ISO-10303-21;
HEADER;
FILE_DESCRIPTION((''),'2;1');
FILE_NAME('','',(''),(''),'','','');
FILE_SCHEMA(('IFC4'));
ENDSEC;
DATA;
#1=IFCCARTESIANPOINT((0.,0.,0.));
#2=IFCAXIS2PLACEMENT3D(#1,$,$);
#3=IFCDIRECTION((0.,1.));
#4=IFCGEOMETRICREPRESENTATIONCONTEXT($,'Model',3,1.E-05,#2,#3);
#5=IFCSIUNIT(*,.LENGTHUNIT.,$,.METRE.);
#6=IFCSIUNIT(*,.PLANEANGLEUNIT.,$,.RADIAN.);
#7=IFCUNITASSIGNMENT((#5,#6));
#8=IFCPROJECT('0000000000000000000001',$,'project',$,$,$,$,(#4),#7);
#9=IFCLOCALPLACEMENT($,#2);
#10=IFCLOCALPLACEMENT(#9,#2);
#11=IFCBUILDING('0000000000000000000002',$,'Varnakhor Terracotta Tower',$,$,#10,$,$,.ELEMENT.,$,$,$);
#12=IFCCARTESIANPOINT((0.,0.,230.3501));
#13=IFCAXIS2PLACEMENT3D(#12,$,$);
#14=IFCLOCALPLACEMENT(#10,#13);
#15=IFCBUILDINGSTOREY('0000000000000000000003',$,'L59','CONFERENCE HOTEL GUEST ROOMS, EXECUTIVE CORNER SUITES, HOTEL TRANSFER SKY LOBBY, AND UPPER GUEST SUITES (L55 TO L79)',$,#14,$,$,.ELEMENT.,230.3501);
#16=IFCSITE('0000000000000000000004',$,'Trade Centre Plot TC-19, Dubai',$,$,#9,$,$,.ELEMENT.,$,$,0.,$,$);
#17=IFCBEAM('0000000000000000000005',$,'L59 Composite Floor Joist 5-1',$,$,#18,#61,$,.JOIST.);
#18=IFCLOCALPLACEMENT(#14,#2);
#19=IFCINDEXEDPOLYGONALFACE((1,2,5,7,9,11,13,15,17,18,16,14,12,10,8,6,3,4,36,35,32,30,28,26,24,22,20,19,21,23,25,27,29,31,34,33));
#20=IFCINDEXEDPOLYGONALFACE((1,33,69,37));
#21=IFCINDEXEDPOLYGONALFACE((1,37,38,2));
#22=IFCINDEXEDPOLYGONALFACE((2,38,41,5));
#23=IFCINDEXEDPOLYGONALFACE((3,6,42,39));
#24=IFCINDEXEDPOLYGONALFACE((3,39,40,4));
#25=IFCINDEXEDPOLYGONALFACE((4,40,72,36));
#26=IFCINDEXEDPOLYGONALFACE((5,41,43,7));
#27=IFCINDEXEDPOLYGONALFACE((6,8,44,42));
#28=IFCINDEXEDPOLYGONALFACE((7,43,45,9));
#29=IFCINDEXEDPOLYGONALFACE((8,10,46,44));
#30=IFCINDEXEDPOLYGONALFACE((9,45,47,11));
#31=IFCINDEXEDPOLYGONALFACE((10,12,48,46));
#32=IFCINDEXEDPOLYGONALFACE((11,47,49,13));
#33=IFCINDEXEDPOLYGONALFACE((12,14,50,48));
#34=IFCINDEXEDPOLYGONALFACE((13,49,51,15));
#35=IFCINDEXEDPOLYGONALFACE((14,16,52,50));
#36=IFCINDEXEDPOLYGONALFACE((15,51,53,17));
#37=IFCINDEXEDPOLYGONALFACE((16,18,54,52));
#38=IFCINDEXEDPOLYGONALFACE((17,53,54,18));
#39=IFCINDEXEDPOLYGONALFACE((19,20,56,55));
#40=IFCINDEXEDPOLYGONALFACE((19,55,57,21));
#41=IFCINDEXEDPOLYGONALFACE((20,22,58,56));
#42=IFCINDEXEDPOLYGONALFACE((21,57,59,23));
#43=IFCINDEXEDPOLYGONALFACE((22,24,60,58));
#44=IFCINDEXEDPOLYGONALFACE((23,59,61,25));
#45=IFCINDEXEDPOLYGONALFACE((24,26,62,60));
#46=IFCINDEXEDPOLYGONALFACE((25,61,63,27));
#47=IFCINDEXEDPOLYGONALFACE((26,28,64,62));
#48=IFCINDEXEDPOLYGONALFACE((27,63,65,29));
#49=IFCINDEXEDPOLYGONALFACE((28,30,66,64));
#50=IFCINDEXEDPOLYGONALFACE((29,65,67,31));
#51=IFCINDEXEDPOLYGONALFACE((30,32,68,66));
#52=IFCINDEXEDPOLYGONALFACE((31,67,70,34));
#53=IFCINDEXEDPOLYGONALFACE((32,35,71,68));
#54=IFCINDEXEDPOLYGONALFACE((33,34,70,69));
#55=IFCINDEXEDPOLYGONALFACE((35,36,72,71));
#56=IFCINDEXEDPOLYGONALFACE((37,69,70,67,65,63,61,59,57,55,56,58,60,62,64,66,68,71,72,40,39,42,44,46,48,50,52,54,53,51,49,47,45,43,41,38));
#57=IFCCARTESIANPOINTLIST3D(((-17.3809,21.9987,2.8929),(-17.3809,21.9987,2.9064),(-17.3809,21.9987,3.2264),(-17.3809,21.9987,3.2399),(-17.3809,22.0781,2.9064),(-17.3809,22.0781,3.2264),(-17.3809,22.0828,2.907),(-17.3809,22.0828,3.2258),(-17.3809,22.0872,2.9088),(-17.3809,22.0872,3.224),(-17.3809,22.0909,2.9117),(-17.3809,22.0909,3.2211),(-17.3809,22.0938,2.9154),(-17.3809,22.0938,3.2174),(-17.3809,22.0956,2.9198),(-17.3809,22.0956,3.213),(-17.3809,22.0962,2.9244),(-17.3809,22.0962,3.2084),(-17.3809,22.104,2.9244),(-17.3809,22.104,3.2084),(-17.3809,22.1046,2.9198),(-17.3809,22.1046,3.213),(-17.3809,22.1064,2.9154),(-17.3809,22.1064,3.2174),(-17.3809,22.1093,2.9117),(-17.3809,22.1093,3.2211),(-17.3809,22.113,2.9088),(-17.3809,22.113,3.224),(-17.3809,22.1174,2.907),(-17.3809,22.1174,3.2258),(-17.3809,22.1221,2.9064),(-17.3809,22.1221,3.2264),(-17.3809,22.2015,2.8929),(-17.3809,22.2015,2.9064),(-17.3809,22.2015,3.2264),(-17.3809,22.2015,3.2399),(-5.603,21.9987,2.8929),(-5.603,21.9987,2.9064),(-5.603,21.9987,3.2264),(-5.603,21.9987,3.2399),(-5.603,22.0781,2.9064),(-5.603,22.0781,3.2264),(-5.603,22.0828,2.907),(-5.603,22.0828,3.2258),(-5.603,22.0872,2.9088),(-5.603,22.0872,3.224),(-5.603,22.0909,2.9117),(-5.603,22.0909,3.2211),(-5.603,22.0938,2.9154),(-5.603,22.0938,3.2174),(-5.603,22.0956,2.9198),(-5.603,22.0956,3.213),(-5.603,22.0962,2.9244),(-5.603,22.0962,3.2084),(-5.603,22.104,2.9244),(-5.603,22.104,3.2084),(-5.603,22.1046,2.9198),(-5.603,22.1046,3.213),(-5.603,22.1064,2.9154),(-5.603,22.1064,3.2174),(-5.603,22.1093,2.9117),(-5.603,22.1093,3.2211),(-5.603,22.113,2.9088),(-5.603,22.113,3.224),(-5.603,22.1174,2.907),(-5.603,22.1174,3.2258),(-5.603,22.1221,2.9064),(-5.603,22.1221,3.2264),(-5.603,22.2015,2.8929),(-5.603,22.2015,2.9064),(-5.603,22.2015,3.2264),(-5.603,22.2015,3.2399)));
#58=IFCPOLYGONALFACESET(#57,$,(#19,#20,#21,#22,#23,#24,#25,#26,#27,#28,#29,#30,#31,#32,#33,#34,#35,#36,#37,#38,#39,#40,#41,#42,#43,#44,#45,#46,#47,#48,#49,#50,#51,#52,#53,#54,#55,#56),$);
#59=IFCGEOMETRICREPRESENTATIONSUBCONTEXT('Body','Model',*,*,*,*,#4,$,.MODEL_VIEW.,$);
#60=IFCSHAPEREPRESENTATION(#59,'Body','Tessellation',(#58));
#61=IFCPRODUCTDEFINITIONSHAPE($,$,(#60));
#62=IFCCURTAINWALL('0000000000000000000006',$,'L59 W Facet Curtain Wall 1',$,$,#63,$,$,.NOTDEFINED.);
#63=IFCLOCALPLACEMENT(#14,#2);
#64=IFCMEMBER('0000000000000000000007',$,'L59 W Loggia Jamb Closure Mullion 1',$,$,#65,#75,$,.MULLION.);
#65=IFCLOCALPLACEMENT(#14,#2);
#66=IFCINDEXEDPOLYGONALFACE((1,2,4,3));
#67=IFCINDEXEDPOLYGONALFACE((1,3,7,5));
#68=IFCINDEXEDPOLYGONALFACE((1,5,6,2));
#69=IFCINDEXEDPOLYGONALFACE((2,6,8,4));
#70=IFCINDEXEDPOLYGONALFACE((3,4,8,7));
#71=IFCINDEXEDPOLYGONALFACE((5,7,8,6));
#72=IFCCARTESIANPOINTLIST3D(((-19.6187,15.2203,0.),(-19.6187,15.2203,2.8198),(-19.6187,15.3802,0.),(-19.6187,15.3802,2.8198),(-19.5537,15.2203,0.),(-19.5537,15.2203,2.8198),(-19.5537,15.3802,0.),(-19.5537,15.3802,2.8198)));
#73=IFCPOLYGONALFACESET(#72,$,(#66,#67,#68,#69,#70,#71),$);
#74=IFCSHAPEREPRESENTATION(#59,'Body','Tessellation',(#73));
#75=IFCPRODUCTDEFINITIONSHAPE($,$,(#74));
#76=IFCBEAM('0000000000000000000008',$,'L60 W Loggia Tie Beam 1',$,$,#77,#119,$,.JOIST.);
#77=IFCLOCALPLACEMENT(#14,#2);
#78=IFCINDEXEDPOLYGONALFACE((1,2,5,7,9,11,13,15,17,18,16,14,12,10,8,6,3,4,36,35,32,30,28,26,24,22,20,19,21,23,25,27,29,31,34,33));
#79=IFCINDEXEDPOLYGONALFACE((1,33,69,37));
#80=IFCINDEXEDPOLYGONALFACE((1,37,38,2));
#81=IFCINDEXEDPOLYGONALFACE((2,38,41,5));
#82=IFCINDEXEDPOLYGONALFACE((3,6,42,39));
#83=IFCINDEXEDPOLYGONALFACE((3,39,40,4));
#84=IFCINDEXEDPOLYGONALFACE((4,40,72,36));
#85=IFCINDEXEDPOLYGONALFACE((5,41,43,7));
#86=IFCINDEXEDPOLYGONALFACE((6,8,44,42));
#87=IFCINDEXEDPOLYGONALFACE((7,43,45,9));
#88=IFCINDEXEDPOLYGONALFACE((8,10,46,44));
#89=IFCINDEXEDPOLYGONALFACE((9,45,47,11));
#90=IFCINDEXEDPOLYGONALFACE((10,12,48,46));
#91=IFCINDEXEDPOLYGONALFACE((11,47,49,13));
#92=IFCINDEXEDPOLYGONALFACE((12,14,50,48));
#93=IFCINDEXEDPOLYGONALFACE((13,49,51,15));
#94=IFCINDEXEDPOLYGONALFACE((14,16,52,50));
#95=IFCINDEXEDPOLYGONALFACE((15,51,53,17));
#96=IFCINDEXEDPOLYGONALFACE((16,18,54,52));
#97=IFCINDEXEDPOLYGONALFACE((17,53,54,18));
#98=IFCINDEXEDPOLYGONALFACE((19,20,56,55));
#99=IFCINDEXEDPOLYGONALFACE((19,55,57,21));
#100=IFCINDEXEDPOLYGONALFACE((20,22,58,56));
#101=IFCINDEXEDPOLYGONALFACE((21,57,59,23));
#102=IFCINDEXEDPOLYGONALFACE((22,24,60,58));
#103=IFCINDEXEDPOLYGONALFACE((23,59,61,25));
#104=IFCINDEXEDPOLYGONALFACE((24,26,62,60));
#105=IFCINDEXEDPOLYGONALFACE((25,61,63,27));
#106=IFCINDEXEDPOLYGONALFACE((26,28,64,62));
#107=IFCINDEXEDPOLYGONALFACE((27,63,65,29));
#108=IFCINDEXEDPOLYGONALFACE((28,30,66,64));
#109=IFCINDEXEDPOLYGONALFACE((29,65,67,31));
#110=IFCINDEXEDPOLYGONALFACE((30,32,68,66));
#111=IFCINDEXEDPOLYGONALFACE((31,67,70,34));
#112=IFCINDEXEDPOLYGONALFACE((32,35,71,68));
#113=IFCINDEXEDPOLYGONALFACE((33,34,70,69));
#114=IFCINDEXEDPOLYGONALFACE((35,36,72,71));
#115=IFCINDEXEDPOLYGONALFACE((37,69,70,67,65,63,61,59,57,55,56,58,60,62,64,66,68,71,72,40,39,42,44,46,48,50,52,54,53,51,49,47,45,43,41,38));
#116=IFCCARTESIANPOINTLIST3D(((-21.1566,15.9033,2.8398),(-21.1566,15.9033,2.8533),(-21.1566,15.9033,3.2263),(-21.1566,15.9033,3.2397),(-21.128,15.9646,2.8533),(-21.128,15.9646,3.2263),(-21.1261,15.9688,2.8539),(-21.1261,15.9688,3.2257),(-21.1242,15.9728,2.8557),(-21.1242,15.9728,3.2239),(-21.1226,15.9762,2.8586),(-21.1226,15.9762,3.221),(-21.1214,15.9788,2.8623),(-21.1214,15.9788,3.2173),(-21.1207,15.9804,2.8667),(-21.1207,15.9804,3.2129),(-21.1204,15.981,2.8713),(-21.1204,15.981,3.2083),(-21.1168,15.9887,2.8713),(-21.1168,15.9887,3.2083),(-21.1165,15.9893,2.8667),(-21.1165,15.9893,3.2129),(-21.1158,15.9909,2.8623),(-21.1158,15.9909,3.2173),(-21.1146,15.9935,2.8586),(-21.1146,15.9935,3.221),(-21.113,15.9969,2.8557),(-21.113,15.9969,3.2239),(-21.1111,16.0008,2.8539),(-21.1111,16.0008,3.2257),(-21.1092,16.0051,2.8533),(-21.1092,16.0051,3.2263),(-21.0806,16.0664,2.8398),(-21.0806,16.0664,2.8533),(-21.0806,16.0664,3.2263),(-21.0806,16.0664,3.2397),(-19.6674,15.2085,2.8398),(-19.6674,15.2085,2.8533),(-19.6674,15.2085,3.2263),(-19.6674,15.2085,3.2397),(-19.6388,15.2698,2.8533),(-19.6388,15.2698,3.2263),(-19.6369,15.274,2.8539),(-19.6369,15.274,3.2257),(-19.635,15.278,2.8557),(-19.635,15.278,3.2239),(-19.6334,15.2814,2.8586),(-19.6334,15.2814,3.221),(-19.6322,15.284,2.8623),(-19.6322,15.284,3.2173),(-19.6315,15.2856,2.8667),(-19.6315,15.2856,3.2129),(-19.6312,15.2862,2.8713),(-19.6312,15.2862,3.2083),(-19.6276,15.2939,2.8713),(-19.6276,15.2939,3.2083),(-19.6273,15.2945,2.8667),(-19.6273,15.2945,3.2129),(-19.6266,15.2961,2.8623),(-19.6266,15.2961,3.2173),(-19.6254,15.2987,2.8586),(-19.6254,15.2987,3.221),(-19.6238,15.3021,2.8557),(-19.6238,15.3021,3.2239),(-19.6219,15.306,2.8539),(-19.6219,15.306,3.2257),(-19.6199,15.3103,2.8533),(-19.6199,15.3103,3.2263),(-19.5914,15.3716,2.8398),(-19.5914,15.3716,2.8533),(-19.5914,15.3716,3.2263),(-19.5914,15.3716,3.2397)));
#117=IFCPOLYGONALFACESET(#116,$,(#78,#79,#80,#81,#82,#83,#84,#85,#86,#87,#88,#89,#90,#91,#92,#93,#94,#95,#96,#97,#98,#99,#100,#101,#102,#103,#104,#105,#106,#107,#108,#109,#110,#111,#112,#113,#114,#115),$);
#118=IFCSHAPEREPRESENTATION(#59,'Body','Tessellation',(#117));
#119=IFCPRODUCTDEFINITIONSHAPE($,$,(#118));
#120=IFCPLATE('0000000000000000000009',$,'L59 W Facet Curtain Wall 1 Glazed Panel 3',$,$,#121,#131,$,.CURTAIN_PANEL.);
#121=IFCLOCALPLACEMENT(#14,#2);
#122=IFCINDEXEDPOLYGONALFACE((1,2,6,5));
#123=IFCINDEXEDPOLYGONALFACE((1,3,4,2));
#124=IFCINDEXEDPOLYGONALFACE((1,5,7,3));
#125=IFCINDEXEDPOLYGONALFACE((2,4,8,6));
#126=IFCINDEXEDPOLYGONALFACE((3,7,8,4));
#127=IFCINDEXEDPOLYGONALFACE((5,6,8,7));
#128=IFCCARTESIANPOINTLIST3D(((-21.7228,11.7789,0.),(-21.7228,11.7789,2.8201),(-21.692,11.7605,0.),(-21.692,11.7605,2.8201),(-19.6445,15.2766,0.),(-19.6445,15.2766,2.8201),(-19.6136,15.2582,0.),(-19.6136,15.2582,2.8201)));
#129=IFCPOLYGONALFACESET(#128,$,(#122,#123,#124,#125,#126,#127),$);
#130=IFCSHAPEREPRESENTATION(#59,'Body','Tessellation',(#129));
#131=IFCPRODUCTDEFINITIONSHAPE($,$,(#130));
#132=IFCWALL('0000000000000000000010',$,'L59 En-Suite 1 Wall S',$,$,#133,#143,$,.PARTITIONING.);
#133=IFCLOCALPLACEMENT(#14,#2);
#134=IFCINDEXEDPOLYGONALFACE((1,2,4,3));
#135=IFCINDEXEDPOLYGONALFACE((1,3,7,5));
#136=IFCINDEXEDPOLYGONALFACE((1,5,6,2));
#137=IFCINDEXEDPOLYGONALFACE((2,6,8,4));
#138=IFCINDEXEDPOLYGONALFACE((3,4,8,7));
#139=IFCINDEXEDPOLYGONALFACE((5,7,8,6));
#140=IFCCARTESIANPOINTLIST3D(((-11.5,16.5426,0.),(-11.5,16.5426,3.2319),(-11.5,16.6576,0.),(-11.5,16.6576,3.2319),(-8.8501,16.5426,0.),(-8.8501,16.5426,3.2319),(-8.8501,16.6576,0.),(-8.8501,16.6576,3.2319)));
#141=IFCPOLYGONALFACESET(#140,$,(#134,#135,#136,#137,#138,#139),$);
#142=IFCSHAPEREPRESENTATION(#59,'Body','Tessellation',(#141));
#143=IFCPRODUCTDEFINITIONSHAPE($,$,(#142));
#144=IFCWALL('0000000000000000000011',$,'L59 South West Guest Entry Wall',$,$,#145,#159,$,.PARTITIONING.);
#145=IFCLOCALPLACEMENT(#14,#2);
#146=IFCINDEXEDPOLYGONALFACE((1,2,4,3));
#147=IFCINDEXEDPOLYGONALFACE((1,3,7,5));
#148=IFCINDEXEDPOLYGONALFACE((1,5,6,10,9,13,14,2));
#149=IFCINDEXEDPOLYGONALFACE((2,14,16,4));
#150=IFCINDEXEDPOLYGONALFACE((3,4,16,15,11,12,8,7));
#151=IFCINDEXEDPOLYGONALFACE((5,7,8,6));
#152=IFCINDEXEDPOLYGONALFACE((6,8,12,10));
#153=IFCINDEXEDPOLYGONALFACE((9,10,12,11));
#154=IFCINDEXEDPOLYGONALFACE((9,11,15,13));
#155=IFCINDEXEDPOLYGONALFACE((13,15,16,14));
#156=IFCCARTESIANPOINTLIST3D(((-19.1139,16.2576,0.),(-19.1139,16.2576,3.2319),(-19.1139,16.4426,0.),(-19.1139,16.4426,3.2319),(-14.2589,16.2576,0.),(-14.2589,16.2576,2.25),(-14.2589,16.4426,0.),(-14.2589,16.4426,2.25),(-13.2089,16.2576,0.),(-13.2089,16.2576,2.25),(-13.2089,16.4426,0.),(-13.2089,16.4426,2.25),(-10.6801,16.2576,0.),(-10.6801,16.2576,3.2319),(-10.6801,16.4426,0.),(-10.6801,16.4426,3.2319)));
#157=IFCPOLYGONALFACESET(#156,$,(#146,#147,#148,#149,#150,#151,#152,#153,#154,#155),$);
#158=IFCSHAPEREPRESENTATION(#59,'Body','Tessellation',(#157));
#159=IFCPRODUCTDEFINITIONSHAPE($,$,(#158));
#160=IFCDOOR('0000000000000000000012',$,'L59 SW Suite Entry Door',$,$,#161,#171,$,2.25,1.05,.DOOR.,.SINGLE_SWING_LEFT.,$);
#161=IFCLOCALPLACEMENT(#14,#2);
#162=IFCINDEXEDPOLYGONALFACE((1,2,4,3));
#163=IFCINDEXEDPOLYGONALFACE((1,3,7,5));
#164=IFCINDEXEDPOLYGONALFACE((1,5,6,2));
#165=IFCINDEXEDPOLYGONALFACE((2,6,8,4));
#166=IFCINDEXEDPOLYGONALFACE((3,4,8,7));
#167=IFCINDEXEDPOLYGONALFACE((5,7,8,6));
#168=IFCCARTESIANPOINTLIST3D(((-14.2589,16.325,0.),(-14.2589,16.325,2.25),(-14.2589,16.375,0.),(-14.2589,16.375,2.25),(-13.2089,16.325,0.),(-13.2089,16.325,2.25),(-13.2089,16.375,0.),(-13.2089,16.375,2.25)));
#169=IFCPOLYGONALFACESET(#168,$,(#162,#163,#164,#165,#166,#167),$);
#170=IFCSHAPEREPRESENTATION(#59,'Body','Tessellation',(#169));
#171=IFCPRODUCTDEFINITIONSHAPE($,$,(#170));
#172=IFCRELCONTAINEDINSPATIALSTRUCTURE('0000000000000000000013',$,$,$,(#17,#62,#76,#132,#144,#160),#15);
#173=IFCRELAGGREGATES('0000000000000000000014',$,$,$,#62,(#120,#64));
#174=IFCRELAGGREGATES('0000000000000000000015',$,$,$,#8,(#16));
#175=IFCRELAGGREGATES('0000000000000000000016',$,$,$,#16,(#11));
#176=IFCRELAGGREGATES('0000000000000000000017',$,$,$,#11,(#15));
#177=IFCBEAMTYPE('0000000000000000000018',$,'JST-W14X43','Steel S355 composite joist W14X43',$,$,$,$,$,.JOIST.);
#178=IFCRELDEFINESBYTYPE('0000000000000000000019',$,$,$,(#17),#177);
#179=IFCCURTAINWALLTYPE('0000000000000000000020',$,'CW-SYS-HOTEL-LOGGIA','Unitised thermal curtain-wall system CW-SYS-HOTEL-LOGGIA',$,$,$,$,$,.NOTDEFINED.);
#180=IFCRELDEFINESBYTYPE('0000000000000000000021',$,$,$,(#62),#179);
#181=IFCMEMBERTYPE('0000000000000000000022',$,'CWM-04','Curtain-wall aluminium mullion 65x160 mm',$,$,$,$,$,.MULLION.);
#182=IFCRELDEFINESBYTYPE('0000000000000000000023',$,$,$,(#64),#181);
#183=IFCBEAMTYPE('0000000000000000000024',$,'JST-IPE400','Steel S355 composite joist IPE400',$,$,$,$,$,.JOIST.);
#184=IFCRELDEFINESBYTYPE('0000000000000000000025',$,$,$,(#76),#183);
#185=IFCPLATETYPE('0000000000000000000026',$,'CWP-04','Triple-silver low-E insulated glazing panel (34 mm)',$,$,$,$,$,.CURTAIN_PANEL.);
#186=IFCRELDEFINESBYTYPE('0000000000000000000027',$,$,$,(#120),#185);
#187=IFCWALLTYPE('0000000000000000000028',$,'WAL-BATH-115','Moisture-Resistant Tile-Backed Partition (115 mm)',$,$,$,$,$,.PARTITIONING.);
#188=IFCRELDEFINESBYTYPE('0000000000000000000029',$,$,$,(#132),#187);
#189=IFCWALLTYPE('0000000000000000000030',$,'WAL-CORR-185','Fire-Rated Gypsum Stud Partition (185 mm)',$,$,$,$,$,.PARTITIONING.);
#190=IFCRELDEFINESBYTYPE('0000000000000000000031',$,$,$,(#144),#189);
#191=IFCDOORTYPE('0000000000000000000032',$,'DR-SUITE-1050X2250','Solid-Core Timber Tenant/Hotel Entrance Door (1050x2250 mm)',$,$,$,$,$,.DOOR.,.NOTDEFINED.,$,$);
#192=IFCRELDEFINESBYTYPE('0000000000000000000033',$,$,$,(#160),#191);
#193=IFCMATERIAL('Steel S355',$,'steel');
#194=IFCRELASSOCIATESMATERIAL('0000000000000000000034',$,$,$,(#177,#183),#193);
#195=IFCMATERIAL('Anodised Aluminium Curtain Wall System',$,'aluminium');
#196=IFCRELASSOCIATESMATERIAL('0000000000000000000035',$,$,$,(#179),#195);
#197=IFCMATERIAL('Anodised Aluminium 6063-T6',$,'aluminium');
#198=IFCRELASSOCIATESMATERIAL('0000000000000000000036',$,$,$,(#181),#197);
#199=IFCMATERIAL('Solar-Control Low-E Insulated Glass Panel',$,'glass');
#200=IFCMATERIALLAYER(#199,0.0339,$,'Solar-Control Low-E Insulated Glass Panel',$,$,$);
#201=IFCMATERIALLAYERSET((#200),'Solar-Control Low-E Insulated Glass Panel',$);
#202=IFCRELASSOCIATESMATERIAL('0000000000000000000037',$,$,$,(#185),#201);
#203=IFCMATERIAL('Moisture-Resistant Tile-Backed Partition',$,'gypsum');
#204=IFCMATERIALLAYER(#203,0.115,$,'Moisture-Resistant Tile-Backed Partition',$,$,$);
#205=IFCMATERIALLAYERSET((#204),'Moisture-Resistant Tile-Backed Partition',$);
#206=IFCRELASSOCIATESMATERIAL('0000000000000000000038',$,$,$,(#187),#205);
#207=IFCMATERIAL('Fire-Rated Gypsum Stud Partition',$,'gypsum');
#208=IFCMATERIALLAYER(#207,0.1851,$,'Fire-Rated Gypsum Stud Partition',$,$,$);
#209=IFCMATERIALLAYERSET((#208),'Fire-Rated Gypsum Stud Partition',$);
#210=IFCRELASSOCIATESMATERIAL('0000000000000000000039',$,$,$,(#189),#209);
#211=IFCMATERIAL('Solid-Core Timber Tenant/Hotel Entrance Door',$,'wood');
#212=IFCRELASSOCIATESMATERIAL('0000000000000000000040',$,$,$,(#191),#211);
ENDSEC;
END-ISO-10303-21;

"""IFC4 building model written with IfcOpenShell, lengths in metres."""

from ifc_helpers import new_model, si_unit, direction, frame, frame_2d, origin, origin_2d, place, context, subcontext, project, spatial, rectangle, i_section, extrude, source, transform, mapped, material, layer, layer_set, material_profile, profile_set, type_object, type_shapes, element, fill, aggregate, save


model = new_model("IFC4")

# Units and contexts
model_context = context("Model", 3, precision=1e-05, world=origin(), true_north=direction((0.0, 1.0)))
body_context = subcontext(model_context, "Body", "Model", "MODEL_VIEW")
ifc_project = project(units=[si_unit("LENGTHUNIT", "METRE"), si_unit("PLANEANGLEUNIT", "RADIAN")], contexts=[model_context])

# Site, building, storey
site_placement = place(None, origin())
site = spatial("IfcSite", under=ifc_project, at=site_placement, Name="Trade Centre Plot TC-19, Dubai", CompositionType="ELEMENT", RefElevation=0.0)
building_placement = place(site_placement, origin())
building = spatial("IfcBuilding", under=site, at=building_placement, Name="Varnakhor Terracotta Tower", CompositionType="ELEMENT")
storey_placement = place(building_placement, frame((0.0, 0.0, 230.3501)))
storey = spatial("IfcBuildingStorey", under=building, at=storey_placement, Name="L59", Description="CONFERENCE HOTEL GUEST ROOMS, EXECUTIVE CORNER SUITES, HOTEL TRANSFER SKY LOBBY, AND UPPER GUEST SUITES (L55 TO L79)", CompositionType="ELEMENT", Elevation=230.3501)

# Beam
ifc_material_1 = material(Name="Steel S355", Category="steel")
ifc_material_profile_1 = material_profile(ifc_material_1, i_section(OverallWidth=0.2029, OverallDepth=0.3469, WebThickness=0.0078, FlangeThickness=0.0134, FilletRadius=0.0181, at=origin_2d()), Name="W14X43")
ifc_profile_set_1 = profile_set([ifc_material_profile_1], Name="Steel S355")
beam_type_1 = type_object("IfcBeamType", Name="JST-W14X43", Description="Steel S355 composite joist W14X43", PredefinedType="JOIST", material=ifc_profile_set_1)
shared_shape_1 = source(origin(), body_context, "Body", "SweptSolid", [
    extrude(i_section(OverallWidth=0.2029, OverallDepth=0.3469, WebThickness=0.0078, FlangeThickness=0.0134, FilletRadius=0.0181, at=origin_2d()), origin(), (0.0, 0.0, 1.0), 11.7778),
])
beam_1_placement = place(storey_placement, frame((-17.3809, 22.1001, 3.0664), z_axis=(1.0, 0.0, 0.0), x_axis=(0.0, 1.0, 0.0)))
element("IfcBeam", 1, at=beam_1_placement, inside=storey, type_object=beam_type_1, Name="L59 Composite Floor Joist 5-1", PredefinedType="JOIST", context=body_context, shape_type="MappedRepresentation", body=[
    mapped(shared_shape_1, transform((0.0, 0.0, 0.0), scale=1.0)),
])

# Curtain wall, member
ifc_material_2 = material(Name="Anodised Aluminium Curtain Wall System", Category="aluminium")
curtain_wall_type = type_object("IfcCurtainWallType", Name="CW-SYS-HOTEL-LOGGIA", Description="Unitised thermal curtain-wall system CW-SYS-HOTEL-LOGGIA", PredefinedType="NOTDEFINED", material=ifc_material_2)
curtain_wall_placement = place(storey_placement, origin())
curtain_wall = element("IfcCurtainWall", 2, at=curtain_wall_placement, inside=storey, type_object=curtain_wall_type, Name="L59 W Facet Curtain Wall 1", PredefinedType="NOTDEFINED")
ifc_material_3 = material(Name="Anodised Aluminium 6063-T6", Category="aluminium")
ifc_material_profile_2 = material_profile(ifc_material_3, rectangle(XDim=0.0649, YDim=0.1599, at=origin_2d()), Name="ALU MULLION 65x160")
ifc_profile_set_2 = profile_set([ifc_material_profile_2], Name="Anodised Aluminium 6063-T6")
member_type = type_object("IfcMemberType", Name="CWM-04", Description="Curtain-wall aluminium mullion 65x160 mm", PredefinedType="MULLION", material=ifc_profile_set_2)
shared_shape_2 = source(origin(), body_context, "Body", "SweptSolid", [
    extrude(rectangle(XDim=0.0649, YDim=0.1599, at=origin_2d()), origin(), (0.0, 0.0, 1.0), 2.8198),
])
member_placement = place(storey_placement, frame((-19.5862, 15.3003, 0.0), z_axis=(0.0, 0.0, 1.0), x_axis=(1.0, 0.0, 0.0)))
member = element("IfcMember", 3, at=member_placement, type_object=member_type, Name="L59 W Loggia Jamb Closure Mullion 1", PredefinedType="MULLION", context=body_context, shape_type="MappedRepresentation", body=[
    mapped(shared_shape_2, transform((0.0, 0.0, 0.0), scale=1.0)),
])

# Beam
ifc_material_profile_3 = material_profile(ifc_material_1, i_section(OverallWidth=0.1799, OverallDepth=0.3999, WebThickness=0.0085, FlangeThickness=0.0134, FilletRadius=0.0181, at=origin_2d()), Name="IPE400")
ifc_profile_set_3 = profile_set([ifc_material_profile_3], Name="Steel S355")
beam_type_2 = type_object("IfcBeamType", Name="JST-IPE400", Description="Steel S355 composite joist IPE400", PredefinedType="JOIST", material=ifc_profile_set_3)
shared_shape_3 = source(origin(), body_context, "Body", "SweptSolid", [
    extrude(i_section(OverallWidth=0.1799, OverallDepth=0.3999, WebThickness=0.0085, FlangeThickness=0.0134, FilletRadius=0.0181, at=origin_2d()), origin(), (0.0, 0.0, 1.0), 1.6433),
])
beam_2_placement = place(storey_placement, frame((-19.6294, 15.29, 3.0398), z_axis=(-0.906221, 0.422804, 0.0), x_axis=(-0.422804, -0.906221, 0.0)))
element("IfcBeam", 4, at=beam_2_placement, inside=storey, type_object=beam_type_2, Name="L60 W Loggia Tie Beam 1", PredefinedType="JOIST", context=body_context, shape_type="MappedRepresentation", body=[
    mapped(shared_shape_3, transform((0.0, 0.0, 0.0), scale=1.0)),
])

# Plate
ifc_material_4 = material(Name="Solar-Control Low-E Insulated Glass Panel", Category="glass")
ifc_layer_1 = layer(ifc_material_4, 0.0339, Name="Solar-Control Low-E Insulated Glass Panel")
ifc_layer_set_1 = layer_set([ifc_layer_1], Name="Solar-Control Low-E Insulated Glass Panel")
plate_type = type_object("IfcPlateType", Name="CWP-04", Description="Triple-silver low-E insulated glazing panel (34 mm)", PredefinedType="CURTAIN_PANEL", material=ifc_layer_set_1)
shared_shape_4 = source(origin(), body_context, "Body", "SweptSolid", [
    extrude(rectangle(XDim=4.0686, YDim=0.0359, at=origin_2d()), origin(), (0.0, 0.0, 1.0), 2.8201),
])
plate_placement = place(storey_placement, frame((-20.6682, 13.5186, 0.0), z_axis=(0.0, 0.0, 1.0), x_axis=(0.510828, 0.859683, 0.0)))
plate = element("IfcPlate", 5, at=plate_placement, type_object=plate_type, Name="L59 W Facet Curtain Wall 1 Glazed Panel 3", PredefinedType="CURTAIN_PANEL", context=body_context, shape_type="MappedRepresentation", body=[
    mapped(shared_shape_4, transform((0.0, 0.0, 0.0), scale=1.0)),
])
aggregate(curtain_wall, [plate, member])

# Wall
ifc_material_5 = material(Name="Moisture-Resistant Tile-Backed Partition", Category="gypsum")
ifc_layer_2 = layer(ifc_material_5, 0.115, Name="Moisture-Resistant Tile-Backed Partition")
ifc_layer_set_2 = layer_set([ifc_layer_2], Name="Moisture-Resistant Tile-Backed Partition")
wall_type_1 = type_object("IfcWallType", Name="WAL-BATH-115", Description="Moisture-Resistant Tile-Backed Partition (115 mm)", PredefinedType="PARTITIONING", material=ifc_layer_set_2)
wall_1_placement = place(storey_placement, frame((-11.5, 16.6001, 0.0), z_axis=(0.0, 0.0, 1.0), x_axis=(1.0, 0.0, 0.0)))
element("IfcWall", 6, at=wall_1_placement, inside=storey, type_object=wall_type_1, Name="L59 En-Suite 1 Wall S", PredefinedType="PARTITIONING", context=body_context, shape_type="SweptSolid", body=[
    extrude(rectangle(XDim=2.6499, YDim=0.115, at=frame_2d((1.325, 0.0))), origin(), (0.0, 0.0, 1.0), 3.2319),
])

# Wall, opening, door
ifc_material_6 = material(Name="Fire-Rated Gypsum Stud Partition", Category="gypsum")
ifc_layer_3 = layer(ifc_material_6, 0.1851, Name="Fire-Rated Gypsum Stud Partition")
ifc_layer_set_3 = layer_set([ifc_layer_3], Name="Fire-Rated Gypsum Stud Partition")
wall_type_2 = type_object("IfcWallType", Name="WAL-CORR-185", Description="Fire-Rated Gypsum Stud Partition (185 mm)", PredefinedType="PARTITIONING", material=ifc_layer_set_3)
wall_2_placement = place(storey_placement, frame((-19.1138, 16.3501, 0.0), z_axis=(0.0, 0.0, 1.0), x_axis=(1.0, 0.0, 0.0)))
wall_2 = element("IfcWall", 7, at=wall_2_placement, inside=storey, type_object=wall_type_2, Name="L59 South West Guest Entry Wall", PredefinedType="PARTITIONING", context=body_context, shape_type="SweptSolid", body=[
    extrude(rectangle(XDim=8.4338, YDim=0.1851, at=frame_2d((4.2168, 0.0))), origin(), (0.0, 0.0, 1.0), 3.2319),
])
opening_1_placement = place(wall_2_placement, frame((4.855, 0.0, 0.0)))
opening_1 = element("IfcOpeningElement", 8, at=opening_1_placement, cuts=wall_2, PredefinedType="OPENING", context=body_context, shape_type="SweptSolid", body=[
    extrude(rectangle(XDim=1.05, YDim=2.25, at=frame_2d((0.5249, 1.125))), frame((0.0, 0.1025, 0.0), z_axis=(0.0, -1.0, 0.0), x_axis=(1.0, 0.0, 0.0)), (0.0, 0.0, 1.0), 0.2051),
])
ifc_material_7 = material(Name="Solid-Core Timber Tenant/Hotel Entrance Door", Category="wood")
door_type_1 = type_object("IfcDoorType", Name="DR-SUITE-1050X2250", Description="Solid-Core Timber Tenant/Hotel Entrance Door (1050x2250 mm)", OperationType="NOTDEFINED", PredefinedType="DOOR", material=ifc_material_7)
shared_shape_5 = source(origin(), body_context, "Body", "SweptSolid", [
    extrude(rectangle(XDim=1.05, YDim=2.25, at=frame_2d((0.5249, 1.125))), frame((0.0, 0.0249, 0.0), z_axis=(0.0, -1.0, 0.0), x_axis=(1.0, 0.0, 0.0)), (0.0, 0.0, 1.0), 0.05),
])
type_shapes(door_type_1, [shared_shape_5])
door_1_placement = place(opening_1_placement, origin())
door_1 = element("IfcDoor", 9, at=door_1_placement, inside=storey, type_object=door_type_1, Name="L59 SW Suite Entry Door", OperationType="SINGLE_SWING_LEFT", OverallHeight=2.25, OverallWidth=1.05, PredefinedType="DOOR", context=body_context, shape_type="MappedRepresentation", body=[
    mapped(shared_shape_5, transform((0.0, 0.0, 0.0), scale=1.0)),
])
fill(opening_1, door_1)

save(model, "model.ifc")
